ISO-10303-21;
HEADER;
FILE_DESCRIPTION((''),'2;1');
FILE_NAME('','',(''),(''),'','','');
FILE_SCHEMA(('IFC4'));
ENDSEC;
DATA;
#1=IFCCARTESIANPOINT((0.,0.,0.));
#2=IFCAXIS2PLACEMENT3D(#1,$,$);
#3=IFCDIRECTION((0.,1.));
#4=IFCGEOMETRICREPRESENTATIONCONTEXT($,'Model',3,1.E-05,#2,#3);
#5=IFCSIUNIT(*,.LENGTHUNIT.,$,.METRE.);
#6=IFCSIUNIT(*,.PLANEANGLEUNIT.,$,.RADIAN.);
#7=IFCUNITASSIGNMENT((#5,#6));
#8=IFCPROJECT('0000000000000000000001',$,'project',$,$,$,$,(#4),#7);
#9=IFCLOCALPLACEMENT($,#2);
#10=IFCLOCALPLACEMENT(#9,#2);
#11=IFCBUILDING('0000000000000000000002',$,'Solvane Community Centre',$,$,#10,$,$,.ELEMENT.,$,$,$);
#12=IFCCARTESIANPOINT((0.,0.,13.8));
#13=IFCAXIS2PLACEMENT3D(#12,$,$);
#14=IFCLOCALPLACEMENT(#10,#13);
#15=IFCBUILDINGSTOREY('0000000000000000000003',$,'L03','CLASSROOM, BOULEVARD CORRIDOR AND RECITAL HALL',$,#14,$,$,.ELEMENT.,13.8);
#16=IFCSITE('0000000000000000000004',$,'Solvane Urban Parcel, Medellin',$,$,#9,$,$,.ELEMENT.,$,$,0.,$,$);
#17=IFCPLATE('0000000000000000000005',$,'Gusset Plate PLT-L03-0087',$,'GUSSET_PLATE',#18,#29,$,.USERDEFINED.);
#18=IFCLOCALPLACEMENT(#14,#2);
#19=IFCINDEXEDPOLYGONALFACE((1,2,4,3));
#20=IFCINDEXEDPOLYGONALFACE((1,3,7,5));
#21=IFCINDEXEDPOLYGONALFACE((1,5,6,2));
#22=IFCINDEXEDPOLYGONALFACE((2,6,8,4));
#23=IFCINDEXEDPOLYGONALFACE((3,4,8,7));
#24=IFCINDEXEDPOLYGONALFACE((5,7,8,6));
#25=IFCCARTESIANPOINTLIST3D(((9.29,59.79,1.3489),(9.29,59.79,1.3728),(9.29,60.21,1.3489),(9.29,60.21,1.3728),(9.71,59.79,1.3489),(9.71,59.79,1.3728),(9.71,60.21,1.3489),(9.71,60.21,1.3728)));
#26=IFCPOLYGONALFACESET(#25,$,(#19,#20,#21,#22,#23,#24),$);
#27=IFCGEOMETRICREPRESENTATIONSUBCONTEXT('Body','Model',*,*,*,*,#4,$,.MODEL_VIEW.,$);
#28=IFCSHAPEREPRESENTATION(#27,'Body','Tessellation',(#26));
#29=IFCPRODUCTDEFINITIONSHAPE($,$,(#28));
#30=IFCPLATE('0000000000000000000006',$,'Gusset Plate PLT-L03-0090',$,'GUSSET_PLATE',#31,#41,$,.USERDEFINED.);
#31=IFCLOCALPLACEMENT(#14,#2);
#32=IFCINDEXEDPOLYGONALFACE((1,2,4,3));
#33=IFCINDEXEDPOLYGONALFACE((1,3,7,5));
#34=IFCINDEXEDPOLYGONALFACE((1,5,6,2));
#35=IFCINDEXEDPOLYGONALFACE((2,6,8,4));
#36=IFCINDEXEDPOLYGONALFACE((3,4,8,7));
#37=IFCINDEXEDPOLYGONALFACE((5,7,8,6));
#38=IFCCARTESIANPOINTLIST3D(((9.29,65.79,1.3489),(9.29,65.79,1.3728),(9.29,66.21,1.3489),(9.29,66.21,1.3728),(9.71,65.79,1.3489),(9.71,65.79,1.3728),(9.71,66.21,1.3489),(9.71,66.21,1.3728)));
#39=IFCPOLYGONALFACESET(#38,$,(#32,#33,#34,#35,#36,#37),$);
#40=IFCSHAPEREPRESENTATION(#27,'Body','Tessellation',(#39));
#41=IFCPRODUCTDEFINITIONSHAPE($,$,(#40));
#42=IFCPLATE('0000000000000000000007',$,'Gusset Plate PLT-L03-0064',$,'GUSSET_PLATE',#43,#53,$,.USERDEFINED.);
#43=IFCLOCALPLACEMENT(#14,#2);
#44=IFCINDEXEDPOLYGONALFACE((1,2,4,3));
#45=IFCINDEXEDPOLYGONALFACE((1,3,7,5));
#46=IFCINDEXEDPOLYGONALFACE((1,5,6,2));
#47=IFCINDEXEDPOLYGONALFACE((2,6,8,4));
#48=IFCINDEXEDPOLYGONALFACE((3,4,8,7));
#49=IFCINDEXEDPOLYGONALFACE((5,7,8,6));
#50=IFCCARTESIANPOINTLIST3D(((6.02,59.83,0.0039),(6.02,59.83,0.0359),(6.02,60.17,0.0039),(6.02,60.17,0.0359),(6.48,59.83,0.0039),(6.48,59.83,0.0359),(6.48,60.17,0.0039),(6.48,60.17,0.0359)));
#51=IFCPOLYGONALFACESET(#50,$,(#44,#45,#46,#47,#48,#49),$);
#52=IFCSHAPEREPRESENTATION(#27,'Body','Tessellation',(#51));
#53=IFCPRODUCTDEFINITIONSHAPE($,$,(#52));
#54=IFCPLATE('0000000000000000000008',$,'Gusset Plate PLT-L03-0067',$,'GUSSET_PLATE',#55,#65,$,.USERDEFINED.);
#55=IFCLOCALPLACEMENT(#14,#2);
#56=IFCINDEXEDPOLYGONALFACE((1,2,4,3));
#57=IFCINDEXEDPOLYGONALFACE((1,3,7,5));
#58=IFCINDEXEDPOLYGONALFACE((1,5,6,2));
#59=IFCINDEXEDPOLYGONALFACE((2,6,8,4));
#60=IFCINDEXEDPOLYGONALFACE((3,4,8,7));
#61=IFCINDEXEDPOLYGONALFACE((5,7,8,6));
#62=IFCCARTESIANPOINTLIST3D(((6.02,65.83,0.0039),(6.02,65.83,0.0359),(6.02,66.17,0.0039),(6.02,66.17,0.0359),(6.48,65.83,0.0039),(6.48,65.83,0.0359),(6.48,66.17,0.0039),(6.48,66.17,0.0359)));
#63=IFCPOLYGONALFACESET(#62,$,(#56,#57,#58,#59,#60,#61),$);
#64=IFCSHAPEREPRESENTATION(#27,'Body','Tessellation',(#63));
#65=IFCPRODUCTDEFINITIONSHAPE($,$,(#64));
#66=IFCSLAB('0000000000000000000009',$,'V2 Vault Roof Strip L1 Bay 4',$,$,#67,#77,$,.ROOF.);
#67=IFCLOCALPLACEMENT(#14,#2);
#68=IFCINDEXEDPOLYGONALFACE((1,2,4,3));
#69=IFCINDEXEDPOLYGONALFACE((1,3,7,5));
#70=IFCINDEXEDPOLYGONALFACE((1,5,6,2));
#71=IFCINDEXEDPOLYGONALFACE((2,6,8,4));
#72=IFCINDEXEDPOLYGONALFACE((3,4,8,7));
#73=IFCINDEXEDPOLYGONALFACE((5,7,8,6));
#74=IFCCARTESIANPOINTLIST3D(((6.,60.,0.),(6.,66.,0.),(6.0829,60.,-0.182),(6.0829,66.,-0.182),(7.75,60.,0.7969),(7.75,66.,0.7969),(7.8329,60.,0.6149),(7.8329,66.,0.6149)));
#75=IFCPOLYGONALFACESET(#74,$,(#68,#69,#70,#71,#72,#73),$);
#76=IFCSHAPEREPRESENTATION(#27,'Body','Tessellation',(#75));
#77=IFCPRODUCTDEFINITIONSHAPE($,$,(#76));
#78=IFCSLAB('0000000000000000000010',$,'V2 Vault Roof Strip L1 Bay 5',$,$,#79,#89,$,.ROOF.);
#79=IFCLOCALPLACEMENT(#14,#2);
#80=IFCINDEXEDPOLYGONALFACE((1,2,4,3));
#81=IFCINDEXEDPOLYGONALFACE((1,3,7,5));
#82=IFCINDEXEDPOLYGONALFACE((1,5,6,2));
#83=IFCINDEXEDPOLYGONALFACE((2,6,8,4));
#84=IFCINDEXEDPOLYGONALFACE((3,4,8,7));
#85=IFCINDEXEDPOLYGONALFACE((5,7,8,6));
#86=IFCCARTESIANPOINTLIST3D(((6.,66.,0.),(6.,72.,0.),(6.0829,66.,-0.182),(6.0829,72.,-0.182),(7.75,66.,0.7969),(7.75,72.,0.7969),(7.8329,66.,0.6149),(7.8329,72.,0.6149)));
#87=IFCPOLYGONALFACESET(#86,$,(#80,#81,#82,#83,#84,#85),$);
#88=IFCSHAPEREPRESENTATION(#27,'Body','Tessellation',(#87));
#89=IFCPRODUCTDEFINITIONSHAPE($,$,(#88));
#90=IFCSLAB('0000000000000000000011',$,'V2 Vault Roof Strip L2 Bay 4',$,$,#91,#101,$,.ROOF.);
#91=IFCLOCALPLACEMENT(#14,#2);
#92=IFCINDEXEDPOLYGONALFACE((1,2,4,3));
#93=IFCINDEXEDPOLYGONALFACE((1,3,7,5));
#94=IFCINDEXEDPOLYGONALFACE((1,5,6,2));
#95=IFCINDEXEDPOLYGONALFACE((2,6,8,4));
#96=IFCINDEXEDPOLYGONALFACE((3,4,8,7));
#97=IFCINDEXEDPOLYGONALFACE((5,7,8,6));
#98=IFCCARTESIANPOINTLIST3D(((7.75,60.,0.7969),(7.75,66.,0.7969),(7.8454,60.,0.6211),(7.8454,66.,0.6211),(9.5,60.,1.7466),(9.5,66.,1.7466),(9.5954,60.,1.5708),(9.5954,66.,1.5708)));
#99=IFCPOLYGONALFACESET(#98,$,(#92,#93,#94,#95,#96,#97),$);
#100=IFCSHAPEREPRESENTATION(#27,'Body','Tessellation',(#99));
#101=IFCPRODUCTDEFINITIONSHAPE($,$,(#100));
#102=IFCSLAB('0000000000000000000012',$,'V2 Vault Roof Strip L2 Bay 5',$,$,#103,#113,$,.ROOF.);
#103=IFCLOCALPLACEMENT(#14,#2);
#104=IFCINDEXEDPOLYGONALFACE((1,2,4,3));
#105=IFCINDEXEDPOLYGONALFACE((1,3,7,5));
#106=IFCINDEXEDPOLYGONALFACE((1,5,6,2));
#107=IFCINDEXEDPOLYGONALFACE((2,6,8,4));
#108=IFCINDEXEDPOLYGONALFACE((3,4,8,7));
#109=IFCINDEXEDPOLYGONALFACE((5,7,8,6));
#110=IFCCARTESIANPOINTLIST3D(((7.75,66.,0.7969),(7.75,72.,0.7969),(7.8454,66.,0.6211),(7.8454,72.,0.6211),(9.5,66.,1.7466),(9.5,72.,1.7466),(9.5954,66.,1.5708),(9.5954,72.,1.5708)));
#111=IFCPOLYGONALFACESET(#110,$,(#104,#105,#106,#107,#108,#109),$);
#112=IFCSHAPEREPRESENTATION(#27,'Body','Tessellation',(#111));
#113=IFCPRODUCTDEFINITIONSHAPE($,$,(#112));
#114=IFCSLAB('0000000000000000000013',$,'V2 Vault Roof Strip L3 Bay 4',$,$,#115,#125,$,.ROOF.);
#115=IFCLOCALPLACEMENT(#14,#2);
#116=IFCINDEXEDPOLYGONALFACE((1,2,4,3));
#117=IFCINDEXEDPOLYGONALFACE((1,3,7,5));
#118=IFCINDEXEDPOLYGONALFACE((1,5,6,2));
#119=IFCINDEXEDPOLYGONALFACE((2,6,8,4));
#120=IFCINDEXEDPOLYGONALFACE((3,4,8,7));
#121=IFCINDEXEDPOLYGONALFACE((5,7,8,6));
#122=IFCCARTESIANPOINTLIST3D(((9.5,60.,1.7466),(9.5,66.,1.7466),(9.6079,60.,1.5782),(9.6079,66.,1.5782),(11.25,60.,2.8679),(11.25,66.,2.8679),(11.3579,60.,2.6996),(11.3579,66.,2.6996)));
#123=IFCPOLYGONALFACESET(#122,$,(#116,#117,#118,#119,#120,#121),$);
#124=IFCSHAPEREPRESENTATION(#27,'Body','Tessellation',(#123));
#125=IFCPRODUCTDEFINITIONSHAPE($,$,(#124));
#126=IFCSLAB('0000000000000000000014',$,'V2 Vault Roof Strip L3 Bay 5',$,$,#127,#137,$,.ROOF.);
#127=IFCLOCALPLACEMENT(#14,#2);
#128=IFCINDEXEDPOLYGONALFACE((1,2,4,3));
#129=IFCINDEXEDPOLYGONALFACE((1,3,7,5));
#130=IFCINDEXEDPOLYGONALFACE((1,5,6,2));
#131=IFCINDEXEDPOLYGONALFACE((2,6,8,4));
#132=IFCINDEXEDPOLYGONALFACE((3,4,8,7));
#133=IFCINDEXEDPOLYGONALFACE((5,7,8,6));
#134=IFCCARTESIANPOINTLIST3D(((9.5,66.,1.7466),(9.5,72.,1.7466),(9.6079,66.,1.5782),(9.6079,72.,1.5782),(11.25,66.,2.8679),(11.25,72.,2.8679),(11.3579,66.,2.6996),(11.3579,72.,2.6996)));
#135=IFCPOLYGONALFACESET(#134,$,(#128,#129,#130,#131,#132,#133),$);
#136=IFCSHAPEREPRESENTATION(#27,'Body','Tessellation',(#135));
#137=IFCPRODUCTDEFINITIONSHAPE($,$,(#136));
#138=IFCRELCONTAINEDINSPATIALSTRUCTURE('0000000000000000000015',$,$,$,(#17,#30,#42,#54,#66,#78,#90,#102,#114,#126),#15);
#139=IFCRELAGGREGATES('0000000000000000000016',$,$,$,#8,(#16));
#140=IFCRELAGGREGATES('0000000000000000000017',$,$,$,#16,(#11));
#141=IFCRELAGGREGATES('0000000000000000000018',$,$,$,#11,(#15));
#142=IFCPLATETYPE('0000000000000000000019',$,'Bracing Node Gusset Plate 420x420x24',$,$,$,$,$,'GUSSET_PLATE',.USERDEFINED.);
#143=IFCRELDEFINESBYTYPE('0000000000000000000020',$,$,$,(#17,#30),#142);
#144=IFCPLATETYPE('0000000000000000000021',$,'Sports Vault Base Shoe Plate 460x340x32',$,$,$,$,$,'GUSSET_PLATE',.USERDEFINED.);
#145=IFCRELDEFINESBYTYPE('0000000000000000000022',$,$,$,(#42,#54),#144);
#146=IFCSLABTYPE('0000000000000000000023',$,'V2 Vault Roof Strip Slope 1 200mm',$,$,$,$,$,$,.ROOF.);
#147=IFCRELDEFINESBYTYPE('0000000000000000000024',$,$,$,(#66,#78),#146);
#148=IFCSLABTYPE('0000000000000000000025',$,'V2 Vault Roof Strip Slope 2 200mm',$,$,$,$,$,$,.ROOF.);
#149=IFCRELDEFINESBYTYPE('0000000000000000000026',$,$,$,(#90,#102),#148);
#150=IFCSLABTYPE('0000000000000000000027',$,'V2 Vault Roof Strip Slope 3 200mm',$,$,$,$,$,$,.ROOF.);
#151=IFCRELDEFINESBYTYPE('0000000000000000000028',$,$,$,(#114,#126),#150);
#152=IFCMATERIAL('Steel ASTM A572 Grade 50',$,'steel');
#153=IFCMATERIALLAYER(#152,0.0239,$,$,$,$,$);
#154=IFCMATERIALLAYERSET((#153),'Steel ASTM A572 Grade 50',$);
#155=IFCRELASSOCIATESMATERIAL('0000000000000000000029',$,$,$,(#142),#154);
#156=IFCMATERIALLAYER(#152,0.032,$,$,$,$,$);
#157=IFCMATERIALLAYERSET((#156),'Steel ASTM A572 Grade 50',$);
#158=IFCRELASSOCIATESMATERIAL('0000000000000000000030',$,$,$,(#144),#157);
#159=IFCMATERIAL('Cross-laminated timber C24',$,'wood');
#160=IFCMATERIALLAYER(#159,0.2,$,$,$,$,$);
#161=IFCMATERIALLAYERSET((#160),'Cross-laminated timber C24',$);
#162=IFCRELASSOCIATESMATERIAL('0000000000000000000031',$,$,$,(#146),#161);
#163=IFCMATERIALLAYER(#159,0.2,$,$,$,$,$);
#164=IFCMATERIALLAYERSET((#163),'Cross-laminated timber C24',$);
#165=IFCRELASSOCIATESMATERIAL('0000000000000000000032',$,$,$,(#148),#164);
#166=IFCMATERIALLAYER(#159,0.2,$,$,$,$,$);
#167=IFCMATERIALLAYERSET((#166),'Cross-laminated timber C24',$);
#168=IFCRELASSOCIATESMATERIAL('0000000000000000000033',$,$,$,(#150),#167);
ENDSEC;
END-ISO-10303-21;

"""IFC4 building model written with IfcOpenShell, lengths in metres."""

from ifc_helpers import new_model, si_unit, direction, frame, origin, origin_2d, place, context, subcontext, project, spatial, polyline, rectangle, outline, extrude, material, layer, layer_set, type_object, element, save


model = new_model("IFC4")

# Units and contexts
model_context = context("Model", 3, precision=1e-05, world=origin(), true_north=direction((0.0, 1.0)))
body_context = subcontext(model_context, "Body", "Model", "MODEL_VIEW")
ifc_project = project(units=[si_unit("LENGTHUNIT", "METRE"), si_unit("PLANEANGLEUNIT", "RADIAN")], contexts=[model_context])

# Site, building, storey
site_placement = place(None, origin())
site = spatial("IfcSite", under=ifc_project, at=site_placement, Name="Solvane Urban Parcel, Medellin", CompositionType="ELEMENT", RefElevation=0.0)
building_placement = place(site_placement, origin())
building = spatial("IfcBuilding", under=site, at=building_placement, Name="Solvane Community Centre", CompositionType="ELEMENT")
storey_placement = place(building_placement, frame((0.0, 0.0, 13.8)))
storey = spatial("IfcBuildingStorey", under=building, at=storey_placement, Name="L03", Description="CLASSROOM, BOULEVARD CORRIDOR AND RECITAL HALL", CompositionType="ELEMENT", Elevation=13.8)

# Shared definitions
ifc_material_1 = material(Name="Steel ASTM A572 Grade 50", Category="steel")

# Plates
ifc_layer_1 = layer(ifc_material_1, 0.0239)
ifc_layer_set_1 = layer_set([ifc_layer_1], Name="Steel ASTM A572 Grade 50")
plate_type_1 = type_object("IfcPlateType", Name="Bracing Node Gusset Plate 420x420x24", ElementType="GUSSET_PLATE", PredefinedType="USERDEFINED", material=ifc_layer_set_1)
for number, where, z_axis, x_axis, name in (
    (1, (9.5, 60.0, 1.3489), (0.0, 0.0, 1.0), (1.0, 0.0, 0.0), "Gusset Plate PLT-L03-0087"),
    (2, (9.5, 66.0, 1.3489), (0.0, 0.0, 1.0), (1.0, 0.0, 0.0), "Gusset Plate PLT-L03-0090"),
):
    element("IfcPlate", number, at=place(storey_placement, frame(where, z_axis=z_axis, x_axis=x_axis)), inside=storey, type_object=plate_type_1, Name=name, ObjectType="GUSSET_PLATE", PredefinedType="USERDEFINED", context=body_context, shape_type="SweptSolid", body=[
        extrude(rectangle(XDim=0.4199, YDim=0.4199, at=origin_2d()), origin(), (0.0, 0.0, 1.0), 0.0239),
    ])
ifc_layer_2 = layer(ifc_material_1, 0.032)
ifc_layer_set_2 = layer_set([ifc_layer_2], Name="Steel ASTM A572 Grade 50")
plate_type_2 = type_object("IfcPlateType", Name="Sports Vault Base Shoe Plate 460x340x32", ElementType="GUSSET_PLATE", PredefinedType="USERDEFINED", material=ifc_layer_set_2)
for number, where, z_axis, x_axis, name in (
    (3, (6.25, 60.0, 0.0039), (0.0, 0.0, 1.0), (1.0, 0.0, 0.0), "Gusset Plate PLT-L03-0064"),
    (4, (6.25, 66.0, 0.0039), (0.0, 0.0, 1.0), (1.0, 0.0, 0.0), "Gusset Plate PLT-L03-0067"),
):
    element("IfcPlate", number, at=place(storey_placement, frame(where, z_axis=z_axis, x_axis=x_axis)), inside=storey, type_object=plate_type_2, Name=name, ObjectType="GUSSET_PLATE", PredefinedType="USERDEFINED", context=body_context, shape_type="SweptSolid", body=[
        extrude(rectangle(XDim=0.46, YDim=0.3401, at=origin_2d()), origin(), (0.0, 0.0, 1.0), 0.032),
    ])

# Slabs
ifc_material_2 = material(Name="Cross-laminated timber C24", Category="wood")
ifc_layer_3 = layer(ifc_material_2, 0.2)
ifc_layer_set_3 = layer_set([ifc_layer_3], Name="Cross-laminated timber C24")
slab_type_1 = type_object("IfcSlabType", Name="V2 Vault Roof Strip Slope 1 200mm", PredefinedType="ROOF", material=ifc_layer_set_3)
for number, where, z_axis, x_axis, name in (
    (5, (6.0, 60.0, 0.0), (-0.414415, 0.0, 0.910088), (0.910088, 0.0, 0.414415), "V2 Vault Roof Strip L1 Bay 4"),
    (6, (6.0, 66.0, 0.0), (-0.414415, 0.0, 0.910088), (0.910088, 0.0, 0.414415), "V2 Vault Roof Strip L1 Bay 5"),
):
    element("IfcSlab", number, at=place(storey_placement, frame(where, z_axis=z_axis, x_axis=x_axis)), inside=storey, type_object=slab_type_1, Name=name, PredefinedType="ROOF", context=body_context, shape_type="SweptSolid", body=[
        extrude(outline(polyline([(0.0, 0.0), (1.9229, 0.0), (1.9229, 6.0), (0.0, 6.0), (0.0, 0.0)])), origin(), (0.0, 0.0, -1.0), 0.2),
    ])
ifc_layer_4 = layer(ifc_material_2, 0.2)
ifc_layer_set_4 = layer_set([ifc_layer_4], Name="Cross-laminated timber C24")
slab_type_2 = type_object("IfcSlabType", Name="V2 Vault Roof Strip Slope 2 200mm", PredefinedType="ROOF", material=ifc_layer_set_4)
for number, where, z_axis, x_axis, name in (
    (7, (7.75, 60.0, 0.7969), (-0.476978, 0.0, 0.878915), (0.878915, 0.0, 0.476978), "V2 Vault Roof Strip L2 Bay 4"),
    (8, (7.75, 66.0, 0.7969), (-0.476978, 0.0, 0.878915), (0.878915, 0.0, 0.476978), "V2 Vault Roof Strip L2 Bay 5"),
):
    element("IfcSlab", number, at=place(storey_placement, frame(where, z_axis=z_axis, x_axis=x_axis)), inside=storey, type_object=slab_type_2, Name=name, PredefinedType="ROOF", context=body_context, shape_type="SweptSolid", body=[
        extrude(outline(polyline([(0.0, 0.0), (1.9911, 0.0), (1.9911, 6.0), (0.0, 6.0), (0.0, 0.0)])), origin(), (0.0, 0.0, -1.0), 0.2),
    ])
ifc_layer_5 = layer(ifc_material_2, 0.2)
ifc_layer_set_5 = layer_set([ifc_layer_5], Name="Cross-laminated timber C24")
slab_type_3 = type_object("IfcSlabType", Name="V2 Vault Roof Strip Slope 3 200mm", PredefinedType="ROOF", material=ifc_layer_set_5)
for number, where, z_axis, x_axis, name in (
    (9, (9.5, 60.0, 1.7466), (-0.53951, 0.0, 0.841979), (0.841979, 0.0, 0.53951), "V2 Vault Roof Strip L3 Bay 4"),
    (10, (9.5, 66.0, 1.7466), (-0.53951, 0.0, 0.841979), (0.841979, 0.0, 0.53951), "V2 Vault Roof Strip L3 Bay 5"),
):
    element("IfcSlab", number, at=place(storey_placement, frame(where, z_axis=z_axis, x_axis=x_axis)), inside=storey, type_object=slab_type_3, Name=name, PredefinedType="ROOF", context=body_context, shape_type="SweptSolid", body=[
        extrude(outline(polyline([(0.0, 0.0), (2.0784, 0.0), (2.0784, 6.0), (0.0, 6.0), (0.0, 0.0)])), origin(), (0.0, 0.0, -1.0), 0.2),
    ])

save(model, "model.ifc")
